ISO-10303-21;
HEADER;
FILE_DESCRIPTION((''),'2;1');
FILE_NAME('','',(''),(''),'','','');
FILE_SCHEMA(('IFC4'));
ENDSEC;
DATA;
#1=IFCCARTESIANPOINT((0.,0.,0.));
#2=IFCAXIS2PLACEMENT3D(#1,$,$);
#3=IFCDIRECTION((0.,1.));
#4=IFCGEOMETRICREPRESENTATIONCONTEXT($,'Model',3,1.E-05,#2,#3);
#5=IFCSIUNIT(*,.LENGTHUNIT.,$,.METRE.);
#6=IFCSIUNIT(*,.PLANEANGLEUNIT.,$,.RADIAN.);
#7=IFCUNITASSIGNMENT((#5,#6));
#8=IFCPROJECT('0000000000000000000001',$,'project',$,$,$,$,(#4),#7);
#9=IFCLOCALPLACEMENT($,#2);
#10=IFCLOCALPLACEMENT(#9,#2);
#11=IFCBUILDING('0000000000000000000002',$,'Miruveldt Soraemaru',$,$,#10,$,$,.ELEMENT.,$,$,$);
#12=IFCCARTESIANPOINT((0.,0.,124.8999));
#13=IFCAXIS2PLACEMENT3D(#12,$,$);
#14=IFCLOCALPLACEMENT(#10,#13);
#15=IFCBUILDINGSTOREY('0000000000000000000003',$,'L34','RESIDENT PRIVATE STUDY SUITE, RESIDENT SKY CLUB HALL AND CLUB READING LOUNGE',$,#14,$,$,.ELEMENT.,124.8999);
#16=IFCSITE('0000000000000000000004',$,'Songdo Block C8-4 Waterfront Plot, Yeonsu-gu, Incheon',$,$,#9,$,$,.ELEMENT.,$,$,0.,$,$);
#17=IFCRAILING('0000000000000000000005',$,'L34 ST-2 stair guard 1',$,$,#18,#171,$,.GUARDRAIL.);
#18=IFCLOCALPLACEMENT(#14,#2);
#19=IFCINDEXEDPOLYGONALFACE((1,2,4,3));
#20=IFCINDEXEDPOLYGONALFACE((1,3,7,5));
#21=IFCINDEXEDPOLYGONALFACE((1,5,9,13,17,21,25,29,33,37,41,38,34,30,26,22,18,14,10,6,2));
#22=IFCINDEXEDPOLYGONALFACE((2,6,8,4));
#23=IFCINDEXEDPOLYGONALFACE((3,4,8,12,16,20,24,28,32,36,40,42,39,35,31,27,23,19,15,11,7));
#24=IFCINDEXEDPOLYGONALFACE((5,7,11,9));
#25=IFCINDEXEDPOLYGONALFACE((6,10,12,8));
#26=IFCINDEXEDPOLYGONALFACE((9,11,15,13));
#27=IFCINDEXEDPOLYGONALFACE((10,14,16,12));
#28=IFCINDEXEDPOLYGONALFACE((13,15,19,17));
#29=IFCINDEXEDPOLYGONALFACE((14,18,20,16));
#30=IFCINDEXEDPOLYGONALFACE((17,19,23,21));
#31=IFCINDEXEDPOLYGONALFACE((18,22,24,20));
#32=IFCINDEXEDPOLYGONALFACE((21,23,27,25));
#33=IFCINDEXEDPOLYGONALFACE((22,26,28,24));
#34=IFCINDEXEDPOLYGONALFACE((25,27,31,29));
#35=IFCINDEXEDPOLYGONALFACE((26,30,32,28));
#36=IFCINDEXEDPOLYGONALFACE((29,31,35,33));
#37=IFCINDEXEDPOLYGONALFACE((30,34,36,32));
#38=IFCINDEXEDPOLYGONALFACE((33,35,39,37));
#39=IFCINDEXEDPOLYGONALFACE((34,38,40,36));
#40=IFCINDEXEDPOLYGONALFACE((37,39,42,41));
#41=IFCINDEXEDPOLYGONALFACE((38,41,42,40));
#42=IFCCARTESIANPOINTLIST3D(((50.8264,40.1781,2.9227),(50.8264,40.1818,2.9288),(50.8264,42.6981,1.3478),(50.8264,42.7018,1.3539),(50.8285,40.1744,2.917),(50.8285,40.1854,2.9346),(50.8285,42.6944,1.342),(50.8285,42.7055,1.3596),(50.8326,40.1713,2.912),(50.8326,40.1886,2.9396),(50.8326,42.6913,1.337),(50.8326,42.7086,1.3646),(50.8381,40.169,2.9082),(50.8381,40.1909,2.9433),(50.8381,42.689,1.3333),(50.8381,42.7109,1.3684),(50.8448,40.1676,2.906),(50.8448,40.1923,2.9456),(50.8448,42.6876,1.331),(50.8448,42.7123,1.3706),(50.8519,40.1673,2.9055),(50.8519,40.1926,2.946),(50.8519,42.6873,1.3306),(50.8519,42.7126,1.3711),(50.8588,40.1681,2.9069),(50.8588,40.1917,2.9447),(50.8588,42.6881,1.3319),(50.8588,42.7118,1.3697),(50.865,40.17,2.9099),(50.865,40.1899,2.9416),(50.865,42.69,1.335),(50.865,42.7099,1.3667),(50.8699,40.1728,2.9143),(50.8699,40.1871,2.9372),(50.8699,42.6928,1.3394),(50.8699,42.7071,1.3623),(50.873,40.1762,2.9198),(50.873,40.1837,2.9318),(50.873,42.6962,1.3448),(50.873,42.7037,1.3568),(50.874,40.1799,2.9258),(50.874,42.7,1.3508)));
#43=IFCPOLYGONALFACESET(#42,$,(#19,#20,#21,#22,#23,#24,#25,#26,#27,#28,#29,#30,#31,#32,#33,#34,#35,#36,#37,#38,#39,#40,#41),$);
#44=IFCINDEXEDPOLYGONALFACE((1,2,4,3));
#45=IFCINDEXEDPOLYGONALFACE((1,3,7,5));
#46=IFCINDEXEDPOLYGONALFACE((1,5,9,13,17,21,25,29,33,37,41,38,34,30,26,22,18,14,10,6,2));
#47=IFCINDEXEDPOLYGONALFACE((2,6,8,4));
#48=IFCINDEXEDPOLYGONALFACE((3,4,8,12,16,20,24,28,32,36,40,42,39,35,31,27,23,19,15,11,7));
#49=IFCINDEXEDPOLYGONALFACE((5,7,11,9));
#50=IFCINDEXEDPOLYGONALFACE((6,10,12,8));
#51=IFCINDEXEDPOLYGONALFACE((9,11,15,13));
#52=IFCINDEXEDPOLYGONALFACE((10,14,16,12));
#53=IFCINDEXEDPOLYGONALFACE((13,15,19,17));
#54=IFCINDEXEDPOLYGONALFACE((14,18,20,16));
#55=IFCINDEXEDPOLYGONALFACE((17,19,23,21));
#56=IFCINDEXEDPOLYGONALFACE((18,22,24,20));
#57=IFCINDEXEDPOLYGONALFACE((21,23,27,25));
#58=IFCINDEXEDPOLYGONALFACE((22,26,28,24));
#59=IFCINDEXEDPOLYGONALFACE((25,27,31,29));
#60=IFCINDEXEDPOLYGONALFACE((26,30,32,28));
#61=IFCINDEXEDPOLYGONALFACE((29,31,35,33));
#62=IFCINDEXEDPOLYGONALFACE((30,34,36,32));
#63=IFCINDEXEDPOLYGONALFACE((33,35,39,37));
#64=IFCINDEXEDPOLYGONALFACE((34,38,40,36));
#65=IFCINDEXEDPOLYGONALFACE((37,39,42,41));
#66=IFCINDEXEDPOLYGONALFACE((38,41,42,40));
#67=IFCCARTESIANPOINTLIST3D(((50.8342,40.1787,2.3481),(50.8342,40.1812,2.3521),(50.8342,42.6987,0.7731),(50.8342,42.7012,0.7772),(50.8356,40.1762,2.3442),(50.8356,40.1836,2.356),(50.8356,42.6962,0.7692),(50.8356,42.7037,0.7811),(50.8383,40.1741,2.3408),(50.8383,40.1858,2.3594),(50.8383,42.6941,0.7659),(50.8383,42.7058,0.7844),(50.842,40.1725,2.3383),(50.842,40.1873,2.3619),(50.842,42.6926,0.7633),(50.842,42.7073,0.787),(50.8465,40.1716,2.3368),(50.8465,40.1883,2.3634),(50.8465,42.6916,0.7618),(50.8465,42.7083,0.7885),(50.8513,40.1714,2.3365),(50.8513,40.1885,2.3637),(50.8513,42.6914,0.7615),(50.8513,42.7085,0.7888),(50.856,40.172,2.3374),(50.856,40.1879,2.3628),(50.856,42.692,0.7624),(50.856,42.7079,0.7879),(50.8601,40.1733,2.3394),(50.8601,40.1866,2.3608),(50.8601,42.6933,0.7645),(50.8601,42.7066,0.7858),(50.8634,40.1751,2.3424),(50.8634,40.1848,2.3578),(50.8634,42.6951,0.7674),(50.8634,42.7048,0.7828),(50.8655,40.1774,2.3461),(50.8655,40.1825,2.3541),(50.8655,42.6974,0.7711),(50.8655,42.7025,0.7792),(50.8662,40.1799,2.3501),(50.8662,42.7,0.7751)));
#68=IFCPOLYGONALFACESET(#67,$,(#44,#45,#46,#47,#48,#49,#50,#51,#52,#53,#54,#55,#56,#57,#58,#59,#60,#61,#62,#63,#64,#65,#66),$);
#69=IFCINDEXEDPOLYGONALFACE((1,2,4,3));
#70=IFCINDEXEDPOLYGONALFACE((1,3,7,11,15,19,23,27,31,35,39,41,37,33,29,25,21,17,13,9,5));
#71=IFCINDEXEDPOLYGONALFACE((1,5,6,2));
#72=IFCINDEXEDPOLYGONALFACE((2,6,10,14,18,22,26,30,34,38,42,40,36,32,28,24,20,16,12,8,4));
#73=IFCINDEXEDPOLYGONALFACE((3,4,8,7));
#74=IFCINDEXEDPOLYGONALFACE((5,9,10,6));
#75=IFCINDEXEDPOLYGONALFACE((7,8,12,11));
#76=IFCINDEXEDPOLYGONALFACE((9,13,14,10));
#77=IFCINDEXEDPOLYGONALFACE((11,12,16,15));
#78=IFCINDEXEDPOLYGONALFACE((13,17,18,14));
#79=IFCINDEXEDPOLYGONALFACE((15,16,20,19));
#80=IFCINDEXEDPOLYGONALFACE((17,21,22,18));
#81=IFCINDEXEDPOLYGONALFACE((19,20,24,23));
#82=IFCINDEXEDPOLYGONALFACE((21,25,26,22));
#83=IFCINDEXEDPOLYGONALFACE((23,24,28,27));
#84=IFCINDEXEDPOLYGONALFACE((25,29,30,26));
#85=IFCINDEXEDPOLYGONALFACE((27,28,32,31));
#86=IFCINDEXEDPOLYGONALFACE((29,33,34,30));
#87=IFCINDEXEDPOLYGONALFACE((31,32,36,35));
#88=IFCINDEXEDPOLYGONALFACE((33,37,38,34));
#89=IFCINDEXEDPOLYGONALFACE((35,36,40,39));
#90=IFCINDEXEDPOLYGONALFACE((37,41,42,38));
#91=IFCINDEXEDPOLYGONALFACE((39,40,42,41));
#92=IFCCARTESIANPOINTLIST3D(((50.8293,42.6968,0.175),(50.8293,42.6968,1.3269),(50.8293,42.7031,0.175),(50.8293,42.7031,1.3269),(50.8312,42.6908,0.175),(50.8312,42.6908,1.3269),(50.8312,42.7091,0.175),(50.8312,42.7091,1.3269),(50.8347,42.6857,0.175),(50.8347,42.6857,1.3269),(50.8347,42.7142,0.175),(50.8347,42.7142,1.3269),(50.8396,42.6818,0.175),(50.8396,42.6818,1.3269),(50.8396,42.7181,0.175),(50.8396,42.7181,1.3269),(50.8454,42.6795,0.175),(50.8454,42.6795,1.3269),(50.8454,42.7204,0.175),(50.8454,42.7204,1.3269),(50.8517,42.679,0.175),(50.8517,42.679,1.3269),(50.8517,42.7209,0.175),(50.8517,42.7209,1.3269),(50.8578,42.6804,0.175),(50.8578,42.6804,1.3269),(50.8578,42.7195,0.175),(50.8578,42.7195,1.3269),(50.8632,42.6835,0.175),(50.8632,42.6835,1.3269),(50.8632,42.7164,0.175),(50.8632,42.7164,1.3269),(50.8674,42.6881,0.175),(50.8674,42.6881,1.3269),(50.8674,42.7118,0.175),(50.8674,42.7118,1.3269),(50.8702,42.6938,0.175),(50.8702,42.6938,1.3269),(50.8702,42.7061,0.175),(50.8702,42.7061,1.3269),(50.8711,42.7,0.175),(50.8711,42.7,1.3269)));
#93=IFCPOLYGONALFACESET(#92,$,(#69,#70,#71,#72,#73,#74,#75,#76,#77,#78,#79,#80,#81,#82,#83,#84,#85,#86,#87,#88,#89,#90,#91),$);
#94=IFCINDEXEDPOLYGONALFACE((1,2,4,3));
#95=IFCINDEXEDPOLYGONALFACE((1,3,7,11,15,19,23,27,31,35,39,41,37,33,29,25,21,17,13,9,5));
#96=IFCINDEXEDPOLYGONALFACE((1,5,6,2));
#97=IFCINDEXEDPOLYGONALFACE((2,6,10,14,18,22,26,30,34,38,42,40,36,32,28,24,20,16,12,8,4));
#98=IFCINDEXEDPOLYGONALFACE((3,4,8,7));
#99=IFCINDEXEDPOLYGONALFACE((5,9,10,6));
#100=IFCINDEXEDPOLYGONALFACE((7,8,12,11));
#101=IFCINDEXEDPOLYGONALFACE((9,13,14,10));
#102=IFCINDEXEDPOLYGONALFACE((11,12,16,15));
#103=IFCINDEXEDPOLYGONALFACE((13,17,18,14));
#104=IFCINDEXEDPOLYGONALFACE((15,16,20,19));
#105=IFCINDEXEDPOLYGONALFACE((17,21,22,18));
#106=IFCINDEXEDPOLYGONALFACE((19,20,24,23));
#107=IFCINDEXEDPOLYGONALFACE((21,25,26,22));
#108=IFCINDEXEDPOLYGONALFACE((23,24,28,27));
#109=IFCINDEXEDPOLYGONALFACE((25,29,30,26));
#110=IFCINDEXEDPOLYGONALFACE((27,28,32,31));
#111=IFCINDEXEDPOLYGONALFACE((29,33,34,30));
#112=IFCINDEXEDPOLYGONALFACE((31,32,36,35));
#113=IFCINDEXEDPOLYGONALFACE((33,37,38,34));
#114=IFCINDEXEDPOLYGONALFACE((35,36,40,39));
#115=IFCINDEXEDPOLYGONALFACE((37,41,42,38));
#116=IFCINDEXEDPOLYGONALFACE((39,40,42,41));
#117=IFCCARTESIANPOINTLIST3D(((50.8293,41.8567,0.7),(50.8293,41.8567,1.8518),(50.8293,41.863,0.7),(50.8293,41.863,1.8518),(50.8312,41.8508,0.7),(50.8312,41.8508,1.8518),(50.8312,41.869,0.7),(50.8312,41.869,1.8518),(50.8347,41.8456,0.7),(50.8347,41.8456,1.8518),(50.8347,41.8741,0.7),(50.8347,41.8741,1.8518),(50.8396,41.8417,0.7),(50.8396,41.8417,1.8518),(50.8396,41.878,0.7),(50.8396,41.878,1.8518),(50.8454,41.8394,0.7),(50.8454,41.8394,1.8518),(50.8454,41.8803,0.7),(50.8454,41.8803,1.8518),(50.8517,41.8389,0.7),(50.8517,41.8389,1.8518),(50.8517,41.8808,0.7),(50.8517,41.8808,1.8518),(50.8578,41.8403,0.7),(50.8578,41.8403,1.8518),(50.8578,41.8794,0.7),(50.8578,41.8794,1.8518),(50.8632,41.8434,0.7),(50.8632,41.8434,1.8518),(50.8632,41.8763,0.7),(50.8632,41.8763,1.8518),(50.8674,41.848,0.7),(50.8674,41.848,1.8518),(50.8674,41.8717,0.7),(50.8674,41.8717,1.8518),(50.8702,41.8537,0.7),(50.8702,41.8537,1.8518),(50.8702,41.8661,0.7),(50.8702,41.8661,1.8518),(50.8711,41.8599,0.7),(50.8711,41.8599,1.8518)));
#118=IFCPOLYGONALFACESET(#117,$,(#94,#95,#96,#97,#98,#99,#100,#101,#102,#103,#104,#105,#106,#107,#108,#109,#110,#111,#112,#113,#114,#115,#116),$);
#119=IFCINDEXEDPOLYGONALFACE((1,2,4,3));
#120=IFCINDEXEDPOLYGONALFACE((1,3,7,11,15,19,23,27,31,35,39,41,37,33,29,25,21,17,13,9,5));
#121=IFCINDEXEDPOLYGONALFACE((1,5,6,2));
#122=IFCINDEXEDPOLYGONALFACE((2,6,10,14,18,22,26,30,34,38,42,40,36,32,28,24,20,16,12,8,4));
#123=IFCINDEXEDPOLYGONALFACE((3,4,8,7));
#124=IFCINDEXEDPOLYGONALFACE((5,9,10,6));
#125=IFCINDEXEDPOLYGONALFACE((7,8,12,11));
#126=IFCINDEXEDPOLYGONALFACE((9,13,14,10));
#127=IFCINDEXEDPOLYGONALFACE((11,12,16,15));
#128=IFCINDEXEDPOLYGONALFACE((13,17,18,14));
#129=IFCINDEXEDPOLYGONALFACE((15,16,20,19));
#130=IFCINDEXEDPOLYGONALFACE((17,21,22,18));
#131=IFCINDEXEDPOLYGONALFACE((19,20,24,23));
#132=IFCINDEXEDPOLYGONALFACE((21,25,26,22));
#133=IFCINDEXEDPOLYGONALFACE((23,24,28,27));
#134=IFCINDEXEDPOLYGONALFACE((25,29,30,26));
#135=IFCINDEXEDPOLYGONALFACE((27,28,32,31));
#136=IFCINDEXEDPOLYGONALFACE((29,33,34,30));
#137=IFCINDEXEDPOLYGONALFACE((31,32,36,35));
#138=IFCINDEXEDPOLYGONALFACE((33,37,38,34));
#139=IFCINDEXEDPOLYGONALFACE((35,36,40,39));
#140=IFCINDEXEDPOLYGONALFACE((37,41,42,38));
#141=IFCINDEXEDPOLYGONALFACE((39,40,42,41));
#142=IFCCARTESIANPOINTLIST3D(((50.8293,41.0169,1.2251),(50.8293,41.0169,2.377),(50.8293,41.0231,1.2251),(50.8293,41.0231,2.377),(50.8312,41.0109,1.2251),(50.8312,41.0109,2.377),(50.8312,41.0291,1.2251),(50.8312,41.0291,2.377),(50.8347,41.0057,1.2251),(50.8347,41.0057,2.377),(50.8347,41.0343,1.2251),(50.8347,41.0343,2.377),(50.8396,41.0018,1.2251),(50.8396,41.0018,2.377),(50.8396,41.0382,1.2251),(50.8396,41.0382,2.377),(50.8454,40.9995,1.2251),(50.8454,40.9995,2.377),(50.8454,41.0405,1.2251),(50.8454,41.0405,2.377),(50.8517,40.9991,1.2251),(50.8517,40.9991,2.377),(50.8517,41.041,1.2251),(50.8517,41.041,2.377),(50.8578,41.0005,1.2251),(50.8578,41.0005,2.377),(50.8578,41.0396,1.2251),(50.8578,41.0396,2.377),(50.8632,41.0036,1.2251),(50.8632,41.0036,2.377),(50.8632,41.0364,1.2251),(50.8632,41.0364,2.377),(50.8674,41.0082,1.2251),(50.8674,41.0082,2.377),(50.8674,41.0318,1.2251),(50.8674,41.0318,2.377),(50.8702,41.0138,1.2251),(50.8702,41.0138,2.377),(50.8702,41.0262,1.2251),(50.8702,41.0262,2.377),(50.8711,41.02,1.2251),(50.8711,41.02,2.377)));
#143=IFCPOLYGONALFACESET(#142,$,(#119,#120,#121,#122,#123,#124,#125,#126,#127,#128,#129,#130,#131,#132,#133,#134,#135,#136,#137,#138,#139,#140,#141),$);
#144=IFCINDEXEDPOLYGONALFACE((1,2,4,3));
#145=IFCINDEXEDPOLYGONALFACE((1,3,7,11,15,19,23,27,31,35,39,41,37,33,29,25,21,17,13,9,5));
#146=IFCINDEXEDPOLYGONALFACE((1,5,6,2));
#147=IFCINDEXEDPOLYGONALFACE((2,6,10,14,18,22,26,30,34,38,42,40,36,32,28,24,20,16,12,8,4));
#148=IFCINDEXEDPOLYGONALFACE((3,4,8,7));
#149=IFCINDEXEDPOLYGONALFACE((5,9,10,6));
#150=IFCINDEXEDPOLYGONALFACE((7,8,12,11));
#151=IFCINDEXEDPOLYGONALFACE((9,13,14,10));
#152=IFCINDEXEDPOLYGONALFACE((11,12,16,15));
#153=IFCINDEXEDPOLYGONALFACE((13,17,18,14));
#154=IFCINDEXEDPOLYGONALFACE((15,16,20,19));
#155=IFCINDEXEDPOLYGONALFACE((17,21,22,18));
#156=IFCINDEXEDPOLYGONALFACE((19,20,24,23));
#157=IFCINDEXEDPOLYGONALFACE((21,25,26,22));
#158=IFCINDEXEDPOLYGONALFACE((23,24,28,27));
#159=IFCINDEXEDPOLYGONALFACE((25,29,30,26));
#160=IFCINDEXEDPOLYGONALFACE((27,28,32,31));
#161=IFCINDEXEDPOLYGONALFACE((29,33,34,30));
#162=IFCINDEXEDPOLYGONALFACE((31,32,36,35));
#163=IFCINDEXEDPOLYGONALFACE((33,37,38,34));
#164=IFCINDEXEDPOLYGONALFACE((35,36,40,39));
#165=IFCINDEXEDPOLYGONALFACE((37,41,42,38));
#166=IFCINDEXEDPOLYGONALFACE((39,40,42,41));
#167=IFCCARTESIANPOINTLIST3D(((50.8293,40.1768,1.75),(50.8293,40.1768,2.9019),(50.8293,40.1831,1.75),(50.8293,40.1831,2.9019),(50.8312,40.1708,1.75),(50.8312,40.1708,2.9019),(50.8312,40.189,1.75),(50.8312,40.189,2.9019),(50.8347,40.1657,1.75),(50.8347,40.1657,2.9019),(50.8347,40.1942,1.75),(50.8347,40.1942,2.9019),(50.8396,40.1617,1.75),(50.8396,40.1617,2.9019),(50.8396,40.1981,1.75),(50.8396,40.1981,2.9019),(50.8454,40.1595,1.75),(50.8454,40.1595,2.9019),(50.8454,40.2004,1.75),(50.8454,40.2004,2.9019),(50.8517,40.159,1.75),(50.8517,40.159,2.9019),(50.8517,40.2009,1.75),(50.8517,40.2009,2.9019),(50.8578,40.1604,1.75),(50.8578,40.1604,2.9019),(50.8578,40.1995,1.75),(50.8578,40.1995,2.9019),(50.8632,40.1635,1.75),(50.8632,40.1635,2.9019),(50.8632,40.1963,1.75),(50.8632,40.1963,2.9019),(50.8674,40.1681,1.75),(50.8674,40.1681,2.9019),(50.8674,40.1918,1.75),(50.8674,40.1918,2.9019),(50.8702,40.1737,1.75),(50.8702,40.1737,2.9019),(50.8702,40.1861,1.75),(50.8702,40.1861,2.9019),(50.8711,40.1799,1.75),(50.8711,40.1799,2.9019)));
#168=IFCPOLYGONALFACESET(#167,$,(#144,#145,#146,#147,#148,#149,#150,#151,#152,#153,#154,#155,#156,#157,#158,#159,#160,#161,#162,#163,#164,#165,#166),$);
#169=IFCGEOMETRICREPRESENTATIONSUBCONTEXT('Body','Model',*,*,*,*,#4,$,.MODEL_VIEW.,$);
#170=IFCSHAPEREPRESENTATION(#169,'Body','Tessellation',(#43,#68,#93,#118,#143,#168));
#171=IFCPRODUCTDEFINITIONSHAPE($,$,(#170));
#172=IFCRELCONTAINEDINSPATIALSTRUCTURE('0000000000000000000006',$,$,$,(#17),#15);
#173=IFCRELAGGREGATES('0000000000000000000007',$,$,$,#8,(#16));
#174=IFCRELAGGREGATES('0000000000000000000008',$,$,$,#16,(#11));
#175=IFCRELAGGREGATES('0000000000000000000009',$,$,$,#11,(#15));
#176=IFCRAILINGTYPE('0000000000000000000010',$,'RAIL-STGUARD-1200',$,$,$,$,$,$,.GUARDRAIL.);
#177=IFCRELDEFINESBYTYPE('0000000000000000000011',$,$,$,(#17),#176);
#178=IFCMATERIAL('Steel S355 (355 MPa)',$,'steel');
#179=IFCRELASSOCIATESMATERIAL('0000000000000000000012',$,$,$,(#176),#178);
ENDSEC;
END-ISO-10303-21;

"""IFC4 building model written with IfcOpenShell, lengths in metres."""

from ifc_helpers import new_model, si_unit, direction, frame, origin, origin_2d, place, context, subcontext, project, spatial, circle, extrude, material, type_object, element, save


model = new_model("IFC4")

# Units and contexts
model_context = context("Model", 3, precision=1e-05, world=origin(), true_north=direction((0.0, 1.0)))
body_context = subcontext(model_context, "Body", "Model", "MODEL_VIEW")
ifc_project = project(units=[si_unit("LENGTHUNIT", "METRE"), si_unit("PLANEANGLEUNIT", "RADIAN")], contexts=[model_context])

# Site, building, storey
site_placement = place(None, origin())
site = spatial("IfcSite", under=ifc_project, at=site_placement, Name="Songdo Block C8-4 Waterfront Plot, Yeonsu-gu, Incheon", CompositionType="ELEMENT", RefElevation=0.0)
building_placement = place(site_placement, origin())
building = spatial("IfcBuilding", under=site, at=building_placement, Name="Miruveldt Soraemaru", CompositionType="ELEMENT")
storey_placement = place(building_placement, frame((0.0, 0.0, 124.8999)))
storey = spatial("IfcBuildingStorey", under=building, at=storey_placement, Name="L34", Description="RESIDENT PRIVATE STUDY SUITE, RESIDENT SKY CLUB HALL AND CLUB READING LOUNGE", CompositionType="ELEMENT", Elevation=124.8999)

# Railing
ifc_material_1 = material(Name="Steel S355 (355 MPa)", Category="steel")
railing_type_1 = type_object("IfcRailingType", Name="RAIL-STGUARD-1200", PredefinedType="GUARDRAIL", material=ifc_material_1)
railing_1_placement = place(storey_placement, frame((50.8501, 42.7, 0.175)))
element("IfcRailing", 1, at=railing_1_placement, inside=storey, type_object=railing_type_1, Name="L34 ST-2 stair guard 1", PredefinedType="GUARDRAIL", context=body_context, shape_type="SweptSolid", body=[
    extrude(circle(Radius=0.0239, at=origin_2d()), frame((0.0, 0.0, 1.1758), z_axis=(0.0, -0.848008, 0.529984), x_axis=(1.0, 0.0, 0.0)), (0.0, 0.0, 1.0), 2.9717),
    extrude(circle(Radius=0.0161, at=origin_2d()), frame((0.0, 0.0, 0.6001), z_axis=(0.0, -0.848008, 0.529984), x_axis=(1.0, 0.0, 0.0)), (0.0, 0.0, 1.0), 2.9717),
    extrude(circle(Radius=0.021, at=origin_2d()), origin(), (0.0, 0.0, 1.0), 1.1519),
    extrude(circle(Radius=0.021, at=origin_2d()), frame((0.0, -0.8401, 0.5249)), (0.0, 0.0, 1.0), 1.1519),
    extrude(circle(Radius=0.021, at=origin_2d()), frame((0.0, -1.6799, 1.05)), (0.0, 0.0, 1.0), 1.1519),
    extrude(circle(Radius=0.021, at=origin_2d()), frame((0.0, -2.52, 1.575)), (0.0, 0.0, 1.0), 1.1519),
])

save(model, "model.ifc")
